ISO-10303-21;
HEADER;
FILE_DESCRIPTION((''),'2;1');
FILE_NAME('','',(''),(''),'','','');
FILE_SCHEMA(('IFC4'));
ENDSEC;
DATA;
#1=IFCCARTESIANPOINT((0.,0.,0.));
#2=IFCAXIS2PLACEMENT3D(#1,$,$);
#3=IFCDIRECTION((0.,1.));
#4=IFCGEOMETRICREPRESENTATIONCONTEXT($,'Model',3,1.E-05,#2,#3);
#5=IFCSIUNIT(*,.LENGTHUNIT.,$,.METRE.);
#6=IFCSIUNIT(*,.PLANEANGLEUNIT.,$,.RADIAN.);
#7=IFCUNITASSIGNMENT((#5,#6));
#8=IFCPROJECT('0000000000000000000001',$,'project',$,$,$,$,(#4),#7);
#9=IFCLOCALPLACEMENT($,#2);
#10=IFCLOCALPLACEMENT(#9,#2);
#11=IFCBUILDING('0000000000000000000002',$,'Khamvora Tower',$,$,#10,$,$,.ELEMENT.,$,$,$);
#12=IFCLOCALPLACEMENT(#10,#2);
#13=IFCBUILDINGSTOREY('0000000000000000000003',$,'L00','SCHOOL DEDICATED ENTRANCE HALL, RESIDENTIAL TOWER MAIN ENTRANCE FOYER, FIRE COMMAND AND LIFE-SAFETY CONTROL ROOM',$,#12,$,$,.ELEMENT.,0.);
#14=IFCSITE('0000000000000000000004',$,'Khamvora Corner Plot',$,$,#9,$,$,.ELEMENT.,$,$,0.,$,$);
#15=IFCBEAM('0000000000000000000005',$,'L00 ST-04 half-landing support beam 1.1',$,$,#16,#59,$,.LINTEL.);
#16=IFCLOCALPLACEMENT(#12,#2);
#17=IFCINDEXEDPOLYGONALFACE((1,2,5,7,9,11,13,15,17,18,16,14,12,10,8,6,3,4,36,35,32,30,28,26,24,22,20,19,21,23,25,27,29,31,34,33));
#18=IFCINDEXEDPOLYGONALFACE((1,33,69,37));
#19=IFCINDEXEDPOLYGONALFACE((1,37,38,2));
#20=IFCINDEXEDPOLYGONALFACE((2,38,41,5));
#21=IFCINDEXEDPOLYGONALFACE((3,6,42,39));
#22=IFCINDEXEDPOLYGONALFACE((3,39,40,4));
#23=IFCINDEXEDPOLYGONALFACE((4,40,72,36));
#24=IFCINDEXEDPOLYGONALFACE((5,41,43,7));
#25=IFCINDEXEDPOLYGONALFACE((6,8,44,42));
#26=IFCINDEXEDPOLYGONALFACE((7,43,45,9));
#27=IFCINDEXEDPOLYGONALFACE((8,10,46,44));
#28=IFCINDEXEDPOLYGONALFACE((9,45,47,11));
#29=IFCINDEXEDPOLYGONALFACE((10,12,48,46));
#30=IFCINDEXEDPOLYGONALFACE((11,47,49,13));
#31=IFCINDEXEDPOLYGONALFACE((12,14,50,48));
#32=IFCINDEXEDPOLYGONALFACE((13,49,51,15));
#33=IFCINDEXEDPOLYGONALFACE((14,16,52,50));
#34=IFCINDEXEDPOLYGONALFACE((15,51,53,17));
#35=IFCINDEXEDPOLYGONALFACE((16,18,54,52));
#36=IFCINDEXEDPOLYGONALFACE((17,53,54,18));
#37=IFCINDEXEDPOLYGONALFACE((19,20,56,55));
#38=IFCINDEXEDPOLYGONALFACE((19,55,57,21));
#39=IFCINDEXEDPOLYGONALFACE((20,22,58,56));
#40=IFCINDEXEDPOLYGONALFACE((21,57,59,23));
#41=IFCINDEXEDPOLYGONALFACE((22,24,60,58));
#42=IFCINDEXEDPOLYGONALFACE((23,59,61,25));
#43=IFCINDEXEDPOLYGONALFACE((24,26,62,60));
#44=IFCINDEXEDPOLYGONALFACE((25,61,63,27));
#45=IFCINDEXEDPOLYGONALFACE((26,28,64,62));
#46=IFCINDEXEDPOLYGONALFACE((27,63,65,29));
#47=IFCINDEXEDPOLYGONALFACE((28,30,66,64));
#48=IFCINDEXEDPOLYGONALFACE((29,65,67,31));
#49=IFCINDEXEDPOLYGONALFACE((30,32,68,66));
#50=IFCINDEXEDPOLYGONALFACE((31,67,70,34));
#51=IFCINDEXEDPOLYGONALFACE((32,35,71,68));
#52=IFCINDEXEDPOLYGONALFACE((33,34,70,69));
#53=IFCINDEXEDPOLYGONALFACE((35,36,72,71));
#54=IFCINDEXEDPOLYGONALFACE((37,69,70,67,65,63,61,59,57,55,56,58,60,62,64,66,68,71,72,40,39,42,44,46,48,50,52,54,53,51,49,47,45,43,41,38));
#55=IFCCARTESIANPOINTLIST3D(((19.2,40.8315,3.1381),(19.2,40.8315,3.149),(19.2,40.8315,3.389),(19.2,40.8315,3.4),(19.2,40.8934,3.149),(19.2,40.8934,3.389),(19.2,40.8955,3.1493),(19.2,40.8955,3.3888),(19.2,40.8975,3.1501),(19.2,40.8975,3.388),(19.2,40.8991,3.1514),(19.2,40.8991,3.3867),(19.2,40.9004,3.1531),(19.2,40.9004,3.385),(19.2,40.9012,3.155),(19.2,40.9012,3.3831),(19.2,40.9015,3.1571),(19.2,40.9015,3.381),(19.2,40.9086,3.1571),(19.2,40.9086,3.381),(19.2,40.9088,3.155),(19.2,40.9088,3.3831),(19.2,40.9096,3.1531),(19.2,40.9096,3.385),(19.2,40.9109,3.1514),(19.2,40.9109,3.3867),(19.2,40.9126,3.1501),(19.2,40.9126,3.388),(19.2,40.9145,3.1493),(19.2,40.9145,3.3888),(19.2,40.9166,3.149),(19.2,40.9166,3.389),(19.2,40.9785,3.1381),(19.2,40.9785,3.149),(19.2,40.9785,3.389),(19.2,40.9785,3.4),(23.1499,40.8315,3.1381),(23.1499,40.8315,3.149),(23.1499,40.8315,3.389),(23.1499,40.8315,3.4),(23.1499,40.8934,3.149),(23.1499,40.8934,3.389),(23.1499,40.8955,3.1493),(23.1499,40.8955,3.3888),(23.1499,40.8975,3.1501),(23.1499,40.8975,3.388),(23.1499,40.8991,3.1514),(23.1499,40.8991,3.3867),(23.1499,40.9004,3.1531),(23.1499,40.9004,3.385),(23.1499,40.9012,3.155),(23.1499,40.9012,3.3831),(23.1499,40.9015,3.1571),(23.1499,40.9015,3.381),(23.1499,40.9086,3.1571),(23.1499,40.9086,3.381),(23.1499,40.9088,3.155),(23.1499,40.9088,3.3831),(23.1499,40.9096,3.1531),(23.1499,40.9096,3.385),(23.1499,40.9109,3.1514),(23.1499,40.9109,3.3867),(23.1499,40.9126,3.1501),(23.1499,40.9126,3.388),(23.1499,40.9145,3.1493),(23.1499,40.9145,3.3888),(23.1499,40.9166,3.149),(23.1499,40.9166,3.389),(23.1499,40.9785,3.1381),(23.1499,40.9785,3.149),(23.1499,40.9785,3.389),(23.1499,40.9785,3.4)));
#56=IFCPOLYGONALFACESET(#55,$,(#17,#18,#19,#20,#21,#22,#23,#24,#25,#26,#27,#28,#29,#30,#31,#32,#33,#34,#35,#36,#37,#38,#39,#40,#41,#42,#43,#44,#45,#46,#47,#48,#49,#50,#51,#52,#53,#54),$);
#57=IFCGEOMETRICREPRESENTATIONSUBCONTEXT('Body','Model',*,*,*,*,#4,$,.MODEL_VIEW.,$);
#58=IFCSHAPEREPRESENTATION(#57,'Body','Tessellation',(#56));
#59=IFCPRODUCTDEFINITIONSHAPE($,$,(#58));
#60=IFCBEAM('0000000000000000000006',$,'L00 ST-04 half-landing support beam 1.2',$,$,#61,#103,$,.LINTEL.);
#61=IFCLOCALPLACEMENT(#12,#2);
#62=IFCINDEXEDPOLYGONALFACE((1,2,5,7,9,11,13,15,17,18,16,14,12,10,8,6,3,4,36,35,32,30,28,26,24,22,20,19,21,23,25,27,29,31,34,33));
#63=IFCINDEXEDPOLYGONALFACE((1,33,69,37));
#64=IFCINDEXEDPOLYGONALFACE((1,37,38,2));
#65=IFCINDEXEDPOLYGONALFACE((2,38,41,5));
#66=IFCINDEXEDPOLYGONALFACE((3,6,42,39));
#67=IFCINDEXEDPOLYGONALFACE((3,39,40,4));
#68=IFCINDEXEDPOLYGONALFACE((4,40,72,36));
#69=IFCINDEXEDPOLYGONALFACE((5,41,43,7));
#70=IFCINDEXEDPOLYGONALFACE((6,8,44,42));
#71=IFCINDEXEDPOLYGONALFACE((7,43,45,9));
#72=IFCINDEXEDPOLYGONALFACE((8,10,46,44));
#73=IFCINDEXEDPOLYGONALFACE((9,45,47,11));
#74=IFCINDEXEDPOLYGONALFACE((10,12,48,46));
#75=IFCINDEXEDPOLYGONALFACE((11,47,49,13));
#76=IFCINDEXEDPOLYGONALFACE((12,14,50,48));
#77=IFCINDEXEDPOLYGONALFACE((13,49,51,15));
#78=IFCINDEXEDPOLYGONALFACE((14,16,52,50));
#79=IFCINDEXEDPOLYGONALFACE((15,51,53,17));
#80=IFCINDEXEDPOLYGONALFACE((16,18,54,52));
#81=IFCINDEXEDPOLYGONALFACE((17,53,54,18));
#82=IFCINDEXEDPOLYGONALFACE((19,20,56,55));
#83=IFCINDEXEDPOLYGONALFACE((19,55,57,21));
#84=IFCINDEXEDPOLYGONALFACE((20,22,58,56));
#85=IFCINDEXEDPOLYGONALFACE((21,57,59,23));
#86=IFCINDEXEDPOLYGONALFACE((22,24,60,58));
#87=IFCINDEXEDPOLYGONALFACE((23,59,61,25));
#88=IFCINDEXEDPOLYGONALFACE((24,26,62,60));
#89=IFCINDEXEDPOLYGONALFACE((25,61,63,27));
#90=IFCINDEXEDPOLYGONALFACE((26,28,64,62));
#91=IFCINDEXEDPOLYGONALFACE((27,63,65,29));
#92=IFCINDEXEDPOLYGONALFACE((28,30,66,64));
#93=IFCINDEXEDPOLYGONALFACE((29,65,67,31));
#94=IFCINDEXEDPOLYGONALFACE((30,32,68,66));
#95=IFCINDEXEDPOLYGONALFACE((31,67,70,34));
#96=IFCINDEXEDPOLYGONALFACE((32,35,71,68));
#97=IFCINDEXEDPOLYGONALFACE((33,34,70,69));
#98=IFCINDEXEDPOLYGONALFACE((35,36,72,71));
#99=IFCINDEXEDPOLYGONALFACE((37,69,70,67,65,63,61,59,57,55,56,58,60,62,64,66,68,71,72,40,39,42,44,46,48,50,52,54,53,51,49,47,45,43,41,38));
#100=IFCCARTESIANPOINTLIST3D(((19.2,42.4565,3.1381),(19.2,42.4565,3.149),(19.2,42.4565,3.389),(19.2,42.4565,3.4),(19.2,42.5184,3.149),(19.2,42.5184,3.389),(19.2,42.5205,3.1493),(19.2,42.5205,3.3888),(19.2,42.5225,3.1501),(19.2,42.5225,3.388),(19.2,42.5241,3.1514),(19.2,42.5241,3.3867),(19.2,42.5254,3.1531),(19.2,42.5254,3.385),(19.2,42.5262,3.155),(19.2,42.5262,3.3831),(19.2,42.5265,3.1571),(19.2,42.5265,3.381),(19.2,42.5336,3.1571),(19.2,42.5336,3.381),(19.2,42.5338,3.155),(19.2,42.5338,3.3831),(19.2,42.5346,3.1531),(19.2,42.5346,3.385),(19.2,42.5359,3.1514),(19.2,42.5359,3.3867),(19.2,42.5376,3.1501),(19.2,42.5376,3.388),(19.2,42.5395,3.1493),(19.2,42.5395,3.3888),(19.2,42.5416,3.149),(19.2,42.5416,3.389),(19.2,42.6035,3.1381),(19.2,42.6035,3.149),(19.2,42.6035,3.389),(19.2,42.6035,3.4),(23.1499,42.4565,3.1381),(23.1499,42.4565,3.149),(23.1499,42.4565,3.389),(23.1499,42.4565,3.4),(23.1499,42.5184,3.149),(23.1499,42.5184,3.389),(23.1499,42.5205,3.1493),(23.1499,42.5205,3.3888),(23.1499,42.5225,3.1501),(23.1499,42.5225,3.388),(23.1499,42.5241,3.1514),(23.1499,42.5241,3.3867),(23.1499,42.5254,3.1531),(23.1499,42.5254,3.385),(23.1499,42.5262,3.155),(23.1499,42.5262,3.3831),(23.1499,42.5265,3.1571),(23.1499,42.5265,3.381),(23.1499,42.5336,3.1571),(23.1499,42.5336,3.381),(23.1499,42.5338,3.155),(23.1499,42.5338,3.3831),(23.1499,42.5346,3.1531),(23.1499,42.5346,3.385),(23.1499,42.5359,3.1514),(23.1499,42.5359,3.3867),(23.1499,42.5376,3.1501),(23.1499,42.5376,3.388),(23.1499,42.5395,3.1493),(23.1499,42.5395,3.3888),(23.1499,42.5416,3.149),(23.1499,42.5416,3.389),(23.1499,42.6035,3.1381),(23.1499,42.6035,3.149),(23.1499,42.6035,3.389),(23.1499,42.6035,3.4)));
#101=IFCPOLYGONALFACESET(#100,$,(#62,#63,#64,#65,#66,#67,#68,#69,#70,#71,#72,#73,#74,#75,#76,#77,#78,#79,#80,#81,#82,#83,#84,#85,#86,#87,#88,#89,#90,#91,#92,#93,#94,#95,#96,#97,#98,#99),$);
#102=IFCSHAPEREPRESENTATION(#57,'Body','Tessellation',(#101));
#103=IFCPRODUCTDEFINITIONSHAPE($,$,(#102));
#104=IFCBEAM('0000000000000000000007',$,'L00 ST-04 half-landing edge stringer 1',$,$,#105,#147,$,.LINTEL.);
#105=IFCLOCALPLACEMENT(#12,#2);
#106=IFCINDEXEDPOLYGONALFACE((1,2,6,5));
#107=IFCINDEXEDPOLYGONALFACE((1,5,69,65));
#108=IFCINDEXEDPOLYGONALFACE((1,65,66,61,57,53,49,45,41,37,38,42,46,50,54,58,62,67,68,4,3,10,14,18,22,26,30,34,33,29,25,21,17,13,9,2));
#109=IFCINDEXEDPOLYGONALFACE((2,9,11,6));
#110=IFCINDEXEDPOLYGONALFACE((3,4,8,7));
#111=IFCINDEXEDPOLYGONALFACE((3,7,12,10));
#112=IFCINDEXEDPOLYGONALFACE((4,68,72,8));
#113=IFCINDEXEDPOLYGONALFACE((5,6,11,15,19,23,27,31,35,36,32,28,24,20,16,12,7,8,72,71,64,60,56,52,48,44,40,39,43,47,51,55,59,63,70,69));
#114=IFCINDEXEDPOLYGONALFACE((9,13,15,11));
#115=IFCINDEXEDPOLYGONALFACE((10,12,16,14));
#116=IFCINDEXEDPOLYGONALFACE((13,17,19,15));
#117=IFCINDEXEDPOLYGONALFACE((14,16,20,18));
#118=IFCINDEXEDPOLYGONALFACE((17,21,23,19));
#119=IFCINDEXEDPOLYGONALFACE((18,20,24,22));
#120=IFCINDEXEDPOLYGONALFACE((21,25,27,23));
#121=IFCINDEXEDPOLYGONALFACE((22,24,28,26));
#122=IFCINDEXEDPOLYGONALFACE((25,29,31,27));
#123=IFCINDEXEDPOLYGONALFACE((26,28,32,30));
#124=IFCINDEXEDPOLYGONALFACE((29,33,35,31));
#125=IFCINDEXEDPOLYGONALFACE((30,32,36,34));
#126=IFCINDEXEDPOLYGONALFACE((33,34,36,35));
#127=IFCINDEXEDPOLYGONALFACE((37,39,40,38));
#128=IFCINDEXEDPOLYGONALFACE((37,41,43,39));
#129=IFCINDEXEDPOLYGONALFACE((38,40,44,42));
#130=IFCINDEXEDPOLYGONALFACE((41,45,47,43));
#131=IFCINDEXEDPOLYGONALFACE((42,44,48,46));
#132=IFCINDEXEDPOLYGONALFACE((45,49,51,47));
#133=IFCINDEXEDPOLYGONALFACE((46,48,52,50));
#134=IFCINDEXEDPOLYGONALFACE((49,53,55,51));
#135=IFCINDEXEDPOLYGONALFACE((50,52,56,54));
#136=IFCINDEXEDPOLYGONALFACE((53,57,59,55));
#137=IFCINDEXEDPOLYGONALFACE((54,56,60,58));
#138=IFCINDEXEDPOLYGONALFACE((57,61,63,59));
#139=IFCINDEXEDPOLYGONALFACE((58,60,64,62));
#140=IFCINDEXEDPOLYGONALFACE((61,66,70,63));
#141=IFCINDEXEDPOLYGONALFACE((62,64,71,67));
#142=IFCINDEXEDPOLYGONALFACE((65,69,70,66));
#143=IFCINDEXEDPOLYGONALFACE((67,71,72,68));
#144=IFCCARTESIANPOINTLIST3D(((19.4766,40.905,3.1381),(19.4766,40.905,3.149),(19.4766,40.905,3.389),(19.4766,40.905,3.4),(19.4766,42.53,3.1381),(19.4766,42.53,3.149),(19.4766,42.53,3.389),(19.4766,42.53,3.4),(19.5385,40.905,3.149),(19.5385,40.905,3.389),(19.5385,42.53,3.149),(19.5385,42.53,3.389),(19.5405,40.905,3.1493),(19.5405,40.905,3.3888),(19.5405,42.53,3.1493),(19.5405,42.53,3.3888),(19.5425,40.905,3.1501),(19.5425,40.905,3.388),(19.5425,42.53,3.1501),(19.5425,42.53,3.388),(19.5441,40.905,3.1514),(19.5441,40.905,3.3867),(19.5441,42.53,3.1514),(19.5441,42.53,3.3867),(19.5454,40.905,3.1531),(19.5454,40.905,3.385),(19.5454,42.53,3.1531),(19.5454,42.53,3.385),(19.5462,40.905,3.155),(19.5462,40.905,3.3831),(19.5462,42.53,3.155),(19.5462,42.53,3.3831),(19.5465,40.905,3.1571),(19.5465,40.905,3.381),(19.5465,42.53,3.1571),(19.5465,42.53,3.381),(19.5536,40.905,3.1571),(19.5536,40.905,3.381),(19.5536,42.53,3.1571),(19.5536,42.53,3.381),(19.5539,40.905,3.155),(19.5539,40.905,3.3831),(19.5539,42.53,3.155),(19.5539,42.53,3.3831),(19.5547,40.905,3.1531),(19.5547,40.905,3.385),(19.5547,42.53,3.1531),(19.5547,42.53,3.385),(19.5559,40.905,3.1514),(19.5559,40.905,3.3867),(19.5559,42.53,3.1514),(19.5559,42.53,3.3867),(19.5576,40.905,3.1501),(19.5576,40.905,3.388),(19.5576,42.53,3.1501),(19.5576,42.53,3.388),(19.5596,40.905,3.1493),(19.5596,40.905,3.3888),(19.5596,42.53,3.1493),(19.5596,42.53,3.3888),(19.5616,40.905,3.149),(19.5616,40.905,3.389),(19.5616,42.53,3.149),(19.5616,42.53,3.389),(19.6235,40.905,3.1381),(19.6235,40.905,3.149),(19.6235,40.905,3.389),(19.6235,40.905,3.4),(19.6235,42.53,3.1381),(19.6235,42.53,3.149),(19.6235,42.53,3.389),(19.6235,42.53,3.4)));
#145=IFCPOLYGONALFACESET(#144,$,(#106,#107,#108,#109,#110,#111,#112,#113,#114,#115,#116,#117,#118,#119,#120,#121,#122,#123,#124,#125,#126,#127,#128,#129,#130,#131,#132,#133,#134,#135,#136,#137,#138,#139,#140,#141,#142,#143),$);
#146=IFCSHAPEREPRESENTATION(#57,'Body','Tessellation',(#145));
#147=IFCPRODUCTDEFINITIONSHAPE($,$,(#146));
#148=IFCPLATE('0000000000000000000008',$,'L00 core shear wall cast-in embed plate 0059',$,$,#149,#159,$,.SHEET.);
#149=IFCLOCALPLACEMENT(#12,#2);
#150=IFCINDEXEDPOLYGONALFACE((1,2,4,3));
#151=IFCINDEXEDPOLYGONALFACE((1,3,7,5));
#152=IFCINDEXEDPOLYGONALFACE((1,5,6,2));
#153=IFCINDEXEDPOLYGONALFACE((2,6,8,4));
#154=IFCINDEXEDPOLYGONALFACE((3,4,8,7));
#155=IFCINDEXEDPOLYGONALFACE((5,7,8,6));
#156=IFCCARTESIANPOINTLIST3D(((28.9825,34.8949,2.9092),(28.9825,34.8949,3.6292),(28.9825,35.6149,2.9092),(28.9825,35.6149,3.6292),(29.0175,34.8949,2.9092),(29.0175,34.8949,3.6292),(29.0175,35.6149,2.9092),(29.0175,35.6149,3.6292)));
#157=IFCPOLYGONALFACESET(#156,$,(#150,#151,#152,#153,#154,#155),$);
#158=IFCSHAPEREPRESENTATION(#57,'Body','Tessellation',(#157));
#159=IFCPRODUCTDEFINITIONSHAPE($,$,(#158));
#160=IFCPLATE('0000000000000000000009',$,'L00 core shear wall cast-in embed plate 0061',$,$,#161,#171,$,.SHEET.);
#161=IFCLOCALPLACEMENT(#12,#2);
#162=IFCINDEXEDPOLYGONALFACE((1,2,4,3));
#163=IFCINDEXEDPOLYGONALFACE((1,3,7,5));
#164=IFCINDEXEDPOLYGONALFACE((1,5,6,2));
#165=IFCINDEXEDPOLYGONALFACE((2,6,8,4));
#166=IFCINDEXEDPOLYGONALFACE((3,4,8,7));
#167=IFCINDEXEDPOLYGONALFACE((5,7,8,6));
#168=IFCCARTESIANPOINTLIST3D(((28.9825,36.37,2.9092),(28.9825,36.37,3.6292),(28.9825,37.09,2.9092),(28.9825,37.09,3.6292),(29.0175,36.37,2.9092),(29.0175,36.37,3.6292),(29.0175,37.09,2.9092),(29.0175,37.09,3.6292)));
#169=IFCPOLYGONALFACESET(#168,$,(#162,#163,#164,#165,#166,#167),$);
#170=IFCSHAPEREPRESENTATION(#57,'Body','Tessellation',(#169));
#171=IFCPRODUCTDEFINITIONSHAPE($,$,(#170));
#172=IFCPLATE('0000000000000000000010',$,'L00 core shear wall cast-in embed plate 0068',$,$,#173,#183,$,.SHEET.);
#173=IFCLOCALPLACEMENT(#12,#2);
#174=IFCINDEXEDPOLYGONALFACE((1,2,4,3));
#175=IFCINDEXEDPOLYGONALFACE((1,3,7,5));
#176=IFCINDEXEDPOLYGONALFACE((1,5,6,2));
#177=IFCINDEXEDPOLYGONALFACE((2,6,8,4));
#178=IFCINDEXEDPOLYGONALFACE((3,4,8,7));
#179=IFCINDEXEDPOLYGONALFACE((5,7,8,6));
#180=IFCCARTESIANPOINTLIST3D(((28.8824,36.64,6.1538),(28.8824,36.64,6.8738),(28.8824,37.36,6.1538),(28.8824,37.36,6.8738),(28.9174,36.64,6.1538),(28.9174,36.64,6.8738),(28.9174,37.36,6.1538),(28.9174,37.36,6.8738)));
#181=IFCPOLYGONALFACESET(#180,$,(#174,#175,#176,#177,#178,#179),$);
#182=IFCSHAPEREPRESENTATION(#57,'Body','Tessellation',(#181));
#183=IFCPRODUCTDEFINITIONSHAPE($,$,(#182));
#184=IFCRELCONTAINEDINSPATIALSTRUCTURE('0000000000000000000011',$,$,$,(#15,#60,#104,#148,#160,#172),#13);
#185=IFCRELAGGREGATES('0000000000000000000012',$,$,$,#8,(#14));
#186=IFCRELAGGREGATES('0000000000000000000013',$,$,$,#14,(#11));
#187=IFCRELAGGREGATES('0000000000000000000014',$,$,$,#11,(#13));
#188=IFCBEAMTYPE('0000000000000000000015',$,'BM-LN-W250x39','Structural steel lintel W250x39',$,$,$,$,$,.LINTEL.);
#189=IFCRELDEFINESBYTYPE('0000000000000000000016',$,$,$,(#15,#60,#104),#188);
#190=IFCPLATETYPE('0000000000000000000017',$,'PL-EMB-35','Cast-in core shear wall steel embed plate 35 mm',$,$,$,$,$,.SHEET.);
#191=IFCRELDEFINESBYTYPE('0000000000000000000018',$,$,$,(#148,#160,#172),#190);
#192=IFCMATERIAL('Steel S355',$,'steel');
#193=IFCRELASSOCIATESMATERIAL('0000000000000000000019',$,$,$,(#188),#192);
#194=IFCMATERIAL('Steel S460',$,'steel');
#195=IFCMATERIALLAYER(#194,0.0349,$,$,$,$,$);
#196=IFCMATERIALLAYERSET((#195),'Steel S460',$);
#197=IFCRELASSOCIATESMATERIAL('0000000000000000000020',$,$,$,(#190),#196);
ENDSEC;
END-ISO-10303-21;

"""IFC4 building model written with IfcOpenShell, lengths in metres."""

from ifc_helpers import new_model, si_unit, direction, frame, origin, origin_2d, place, context, subcontext, project, spatial, rectangle, i_section, extrude, material, layer, layer_set, material_profile, profile_set, type_object, element, save


model = new_model("IFC4")

# Units and contexts
model_context = context("Model", 3, precision=1e-05, world=origin(), true_north=direction((0.0, 1.0)))
body_context = subcontext(model_context, "Body", "Model", "MODEL_VIEW")
ifc_project = project(units=[si_unit("LENGTHUNIT", "METRE"), si_unit("PLANEANGLEUNIT", "RADIAN")], contexts=[model_context])

# Site, building, storey
site_placement = place(None, origin())
site = spatial("IfcSite", under=ifc_project, at=site_placement, Name="Khamvora Corner Plot", CompositionType="ELEMENT", RefElevation=0.0)
building_placement = place(site_placement, origin())
building = spatial("IfcBuilding", under=site, at=building_placement, Name="Khamvora Tower", CompositionType="ELEMENT")
storey_placement = place(building_placement, origin())
storey = spatial("IfcBuildingStorey", under=building, at=storey_placement, Name="L00", Description="SCHOOL DEDICATED ENTRANCE HALL, RESIDENTIAL TOWER MAIN ENTRANCE FOYER, FIRE COMMAND AND LIFE-SAFETY CONTROL ROOM", CompositionType="ELEMENT", Elevation=0.0)

# Shared definitions
ifc_material_1 = material(Name="Steel S460", Category="steel")

# Beams
ifc_material_2 = material(Name="Steel S355", Category="steel")
ifc_material_profile_1 = material_profile(ifc_material_2, i_section(OverallWidth=0.147, OverallDepth=0.262, WebThickness=0.0071, FlangeThickness=0.011, FilletRadius=0.0081, at=origin_2d()), Name="W250x39")
ifc_profile_set_1 = profile_set([ifc_material_profile_1], Name="Steel S355")
beam_type = type_object("IfcBeamType", Name="BM-LN-W250x39", Description="Structural steel lintel W250x39", PredefinedType="LINTEL", material=ifc_profile_set_1)
for number, where, z_axis, x_axis, name in (
    (1, (19.2, 40.905, 3.269), (1.0, 0.0, 0.0), (0.0, 1.0, 0.0), "L00 ST-04 half-landing support beam 1.1"),
    (2, (19.2, 42.53, 3.269), (1.0, 0.0, 0.0), (0.0, 1.0, 0.0), "L00 ST-04 half-landing support beam 1.2"),
):
    element("IfcBeam", number, at=place(storey_placement, frame(where, z_axis=z_axis, x_axis=x_axis)), inside=storey, type_object=beam_type, Name=name, PredefinedType="LINTEL", context=body_context, shape_type="SweptSolid", body=[
        extrude(i_section(OverallWidth=0.147, OverallDepth=0.262, WebThickness=0.0071, FlangeThickness=0.011, FilletRadius=0.0081, at=origin_2d()), origin(), (0.0, 0.0, 1.0), 3.95),
    ])
beam_1_placement = place(storey_placement, frame((19.55, 40.905, 3.269), z_axis=(0.0, 1.0, 0.0), x_axis=(-1.0, 0.0, 0.0)))
element("IfcBeam", 3, at=beam_1_placement, inside=storey, type_object=beam_type, Name="L00 ST-04 half-landing edge stringer 1", PredefinedType="LINTEL", context=body_context, shape_type="SweptSolid", body=[
    extrude(i_section(OverallWidth=0.147, OverallDepth=0.262, WebThickness=0.0071, FlangeThickness=0.011, FilletRadius=0.0081, at=origin_2d()), origin(), (0.0, 0.0, 1.0), 1.625),
])

# Plates
ifc_layer_1 = layer(ifc_material_1, 0.0349)
ifc_layer_set_1 = layer_set([ifc_layer_1], Name="Steel S460")
plate_type = type_object("IfcPlateType", Name="PL-EMB-35", Description="Cast-in core shear wall steel embed plate 35 mm", PredefinedType="SHEET", material=ifc_layer_set_1)
for number, where, z_axis, x_axis, name in (
    (4, (29.0, 35.2549, 2.9092), (0.0, 0.0, 1.0), (1.0, 0.0, 0.0), "L00 core shear wall cast-in embed plate 0059"),
    (5, (29.0, 36.73, 2.9092), (0.0, 0.0, 1.0), (1.0, 0.0, 0.0), "L00 core shear wall cast-in embed plate 0061"),
    (6, (28.8999, 37.0, 6.1538), (0.0, 0.0, 1.0), (1.0, 0.0, 0.0), "L00 core shear wall cast-in embed plate 0068"),
):
    element("IfcPlate", number, at=place(storey_placement, frame(where, z_axis=z_axis, x_axis=x_axis)), inside=storey, type_object=plate_type, Name=name, PredefinedType="SHEET", context=body_context, shape_type="SweptSolid", body=[
        extrude(rectangle(XDim=0.0349, YDim=0.72, at=origin_2d()), origin(), (0.0, 0.0, 1.0), 0.72),
    ])

save(model, "model.ifc")
